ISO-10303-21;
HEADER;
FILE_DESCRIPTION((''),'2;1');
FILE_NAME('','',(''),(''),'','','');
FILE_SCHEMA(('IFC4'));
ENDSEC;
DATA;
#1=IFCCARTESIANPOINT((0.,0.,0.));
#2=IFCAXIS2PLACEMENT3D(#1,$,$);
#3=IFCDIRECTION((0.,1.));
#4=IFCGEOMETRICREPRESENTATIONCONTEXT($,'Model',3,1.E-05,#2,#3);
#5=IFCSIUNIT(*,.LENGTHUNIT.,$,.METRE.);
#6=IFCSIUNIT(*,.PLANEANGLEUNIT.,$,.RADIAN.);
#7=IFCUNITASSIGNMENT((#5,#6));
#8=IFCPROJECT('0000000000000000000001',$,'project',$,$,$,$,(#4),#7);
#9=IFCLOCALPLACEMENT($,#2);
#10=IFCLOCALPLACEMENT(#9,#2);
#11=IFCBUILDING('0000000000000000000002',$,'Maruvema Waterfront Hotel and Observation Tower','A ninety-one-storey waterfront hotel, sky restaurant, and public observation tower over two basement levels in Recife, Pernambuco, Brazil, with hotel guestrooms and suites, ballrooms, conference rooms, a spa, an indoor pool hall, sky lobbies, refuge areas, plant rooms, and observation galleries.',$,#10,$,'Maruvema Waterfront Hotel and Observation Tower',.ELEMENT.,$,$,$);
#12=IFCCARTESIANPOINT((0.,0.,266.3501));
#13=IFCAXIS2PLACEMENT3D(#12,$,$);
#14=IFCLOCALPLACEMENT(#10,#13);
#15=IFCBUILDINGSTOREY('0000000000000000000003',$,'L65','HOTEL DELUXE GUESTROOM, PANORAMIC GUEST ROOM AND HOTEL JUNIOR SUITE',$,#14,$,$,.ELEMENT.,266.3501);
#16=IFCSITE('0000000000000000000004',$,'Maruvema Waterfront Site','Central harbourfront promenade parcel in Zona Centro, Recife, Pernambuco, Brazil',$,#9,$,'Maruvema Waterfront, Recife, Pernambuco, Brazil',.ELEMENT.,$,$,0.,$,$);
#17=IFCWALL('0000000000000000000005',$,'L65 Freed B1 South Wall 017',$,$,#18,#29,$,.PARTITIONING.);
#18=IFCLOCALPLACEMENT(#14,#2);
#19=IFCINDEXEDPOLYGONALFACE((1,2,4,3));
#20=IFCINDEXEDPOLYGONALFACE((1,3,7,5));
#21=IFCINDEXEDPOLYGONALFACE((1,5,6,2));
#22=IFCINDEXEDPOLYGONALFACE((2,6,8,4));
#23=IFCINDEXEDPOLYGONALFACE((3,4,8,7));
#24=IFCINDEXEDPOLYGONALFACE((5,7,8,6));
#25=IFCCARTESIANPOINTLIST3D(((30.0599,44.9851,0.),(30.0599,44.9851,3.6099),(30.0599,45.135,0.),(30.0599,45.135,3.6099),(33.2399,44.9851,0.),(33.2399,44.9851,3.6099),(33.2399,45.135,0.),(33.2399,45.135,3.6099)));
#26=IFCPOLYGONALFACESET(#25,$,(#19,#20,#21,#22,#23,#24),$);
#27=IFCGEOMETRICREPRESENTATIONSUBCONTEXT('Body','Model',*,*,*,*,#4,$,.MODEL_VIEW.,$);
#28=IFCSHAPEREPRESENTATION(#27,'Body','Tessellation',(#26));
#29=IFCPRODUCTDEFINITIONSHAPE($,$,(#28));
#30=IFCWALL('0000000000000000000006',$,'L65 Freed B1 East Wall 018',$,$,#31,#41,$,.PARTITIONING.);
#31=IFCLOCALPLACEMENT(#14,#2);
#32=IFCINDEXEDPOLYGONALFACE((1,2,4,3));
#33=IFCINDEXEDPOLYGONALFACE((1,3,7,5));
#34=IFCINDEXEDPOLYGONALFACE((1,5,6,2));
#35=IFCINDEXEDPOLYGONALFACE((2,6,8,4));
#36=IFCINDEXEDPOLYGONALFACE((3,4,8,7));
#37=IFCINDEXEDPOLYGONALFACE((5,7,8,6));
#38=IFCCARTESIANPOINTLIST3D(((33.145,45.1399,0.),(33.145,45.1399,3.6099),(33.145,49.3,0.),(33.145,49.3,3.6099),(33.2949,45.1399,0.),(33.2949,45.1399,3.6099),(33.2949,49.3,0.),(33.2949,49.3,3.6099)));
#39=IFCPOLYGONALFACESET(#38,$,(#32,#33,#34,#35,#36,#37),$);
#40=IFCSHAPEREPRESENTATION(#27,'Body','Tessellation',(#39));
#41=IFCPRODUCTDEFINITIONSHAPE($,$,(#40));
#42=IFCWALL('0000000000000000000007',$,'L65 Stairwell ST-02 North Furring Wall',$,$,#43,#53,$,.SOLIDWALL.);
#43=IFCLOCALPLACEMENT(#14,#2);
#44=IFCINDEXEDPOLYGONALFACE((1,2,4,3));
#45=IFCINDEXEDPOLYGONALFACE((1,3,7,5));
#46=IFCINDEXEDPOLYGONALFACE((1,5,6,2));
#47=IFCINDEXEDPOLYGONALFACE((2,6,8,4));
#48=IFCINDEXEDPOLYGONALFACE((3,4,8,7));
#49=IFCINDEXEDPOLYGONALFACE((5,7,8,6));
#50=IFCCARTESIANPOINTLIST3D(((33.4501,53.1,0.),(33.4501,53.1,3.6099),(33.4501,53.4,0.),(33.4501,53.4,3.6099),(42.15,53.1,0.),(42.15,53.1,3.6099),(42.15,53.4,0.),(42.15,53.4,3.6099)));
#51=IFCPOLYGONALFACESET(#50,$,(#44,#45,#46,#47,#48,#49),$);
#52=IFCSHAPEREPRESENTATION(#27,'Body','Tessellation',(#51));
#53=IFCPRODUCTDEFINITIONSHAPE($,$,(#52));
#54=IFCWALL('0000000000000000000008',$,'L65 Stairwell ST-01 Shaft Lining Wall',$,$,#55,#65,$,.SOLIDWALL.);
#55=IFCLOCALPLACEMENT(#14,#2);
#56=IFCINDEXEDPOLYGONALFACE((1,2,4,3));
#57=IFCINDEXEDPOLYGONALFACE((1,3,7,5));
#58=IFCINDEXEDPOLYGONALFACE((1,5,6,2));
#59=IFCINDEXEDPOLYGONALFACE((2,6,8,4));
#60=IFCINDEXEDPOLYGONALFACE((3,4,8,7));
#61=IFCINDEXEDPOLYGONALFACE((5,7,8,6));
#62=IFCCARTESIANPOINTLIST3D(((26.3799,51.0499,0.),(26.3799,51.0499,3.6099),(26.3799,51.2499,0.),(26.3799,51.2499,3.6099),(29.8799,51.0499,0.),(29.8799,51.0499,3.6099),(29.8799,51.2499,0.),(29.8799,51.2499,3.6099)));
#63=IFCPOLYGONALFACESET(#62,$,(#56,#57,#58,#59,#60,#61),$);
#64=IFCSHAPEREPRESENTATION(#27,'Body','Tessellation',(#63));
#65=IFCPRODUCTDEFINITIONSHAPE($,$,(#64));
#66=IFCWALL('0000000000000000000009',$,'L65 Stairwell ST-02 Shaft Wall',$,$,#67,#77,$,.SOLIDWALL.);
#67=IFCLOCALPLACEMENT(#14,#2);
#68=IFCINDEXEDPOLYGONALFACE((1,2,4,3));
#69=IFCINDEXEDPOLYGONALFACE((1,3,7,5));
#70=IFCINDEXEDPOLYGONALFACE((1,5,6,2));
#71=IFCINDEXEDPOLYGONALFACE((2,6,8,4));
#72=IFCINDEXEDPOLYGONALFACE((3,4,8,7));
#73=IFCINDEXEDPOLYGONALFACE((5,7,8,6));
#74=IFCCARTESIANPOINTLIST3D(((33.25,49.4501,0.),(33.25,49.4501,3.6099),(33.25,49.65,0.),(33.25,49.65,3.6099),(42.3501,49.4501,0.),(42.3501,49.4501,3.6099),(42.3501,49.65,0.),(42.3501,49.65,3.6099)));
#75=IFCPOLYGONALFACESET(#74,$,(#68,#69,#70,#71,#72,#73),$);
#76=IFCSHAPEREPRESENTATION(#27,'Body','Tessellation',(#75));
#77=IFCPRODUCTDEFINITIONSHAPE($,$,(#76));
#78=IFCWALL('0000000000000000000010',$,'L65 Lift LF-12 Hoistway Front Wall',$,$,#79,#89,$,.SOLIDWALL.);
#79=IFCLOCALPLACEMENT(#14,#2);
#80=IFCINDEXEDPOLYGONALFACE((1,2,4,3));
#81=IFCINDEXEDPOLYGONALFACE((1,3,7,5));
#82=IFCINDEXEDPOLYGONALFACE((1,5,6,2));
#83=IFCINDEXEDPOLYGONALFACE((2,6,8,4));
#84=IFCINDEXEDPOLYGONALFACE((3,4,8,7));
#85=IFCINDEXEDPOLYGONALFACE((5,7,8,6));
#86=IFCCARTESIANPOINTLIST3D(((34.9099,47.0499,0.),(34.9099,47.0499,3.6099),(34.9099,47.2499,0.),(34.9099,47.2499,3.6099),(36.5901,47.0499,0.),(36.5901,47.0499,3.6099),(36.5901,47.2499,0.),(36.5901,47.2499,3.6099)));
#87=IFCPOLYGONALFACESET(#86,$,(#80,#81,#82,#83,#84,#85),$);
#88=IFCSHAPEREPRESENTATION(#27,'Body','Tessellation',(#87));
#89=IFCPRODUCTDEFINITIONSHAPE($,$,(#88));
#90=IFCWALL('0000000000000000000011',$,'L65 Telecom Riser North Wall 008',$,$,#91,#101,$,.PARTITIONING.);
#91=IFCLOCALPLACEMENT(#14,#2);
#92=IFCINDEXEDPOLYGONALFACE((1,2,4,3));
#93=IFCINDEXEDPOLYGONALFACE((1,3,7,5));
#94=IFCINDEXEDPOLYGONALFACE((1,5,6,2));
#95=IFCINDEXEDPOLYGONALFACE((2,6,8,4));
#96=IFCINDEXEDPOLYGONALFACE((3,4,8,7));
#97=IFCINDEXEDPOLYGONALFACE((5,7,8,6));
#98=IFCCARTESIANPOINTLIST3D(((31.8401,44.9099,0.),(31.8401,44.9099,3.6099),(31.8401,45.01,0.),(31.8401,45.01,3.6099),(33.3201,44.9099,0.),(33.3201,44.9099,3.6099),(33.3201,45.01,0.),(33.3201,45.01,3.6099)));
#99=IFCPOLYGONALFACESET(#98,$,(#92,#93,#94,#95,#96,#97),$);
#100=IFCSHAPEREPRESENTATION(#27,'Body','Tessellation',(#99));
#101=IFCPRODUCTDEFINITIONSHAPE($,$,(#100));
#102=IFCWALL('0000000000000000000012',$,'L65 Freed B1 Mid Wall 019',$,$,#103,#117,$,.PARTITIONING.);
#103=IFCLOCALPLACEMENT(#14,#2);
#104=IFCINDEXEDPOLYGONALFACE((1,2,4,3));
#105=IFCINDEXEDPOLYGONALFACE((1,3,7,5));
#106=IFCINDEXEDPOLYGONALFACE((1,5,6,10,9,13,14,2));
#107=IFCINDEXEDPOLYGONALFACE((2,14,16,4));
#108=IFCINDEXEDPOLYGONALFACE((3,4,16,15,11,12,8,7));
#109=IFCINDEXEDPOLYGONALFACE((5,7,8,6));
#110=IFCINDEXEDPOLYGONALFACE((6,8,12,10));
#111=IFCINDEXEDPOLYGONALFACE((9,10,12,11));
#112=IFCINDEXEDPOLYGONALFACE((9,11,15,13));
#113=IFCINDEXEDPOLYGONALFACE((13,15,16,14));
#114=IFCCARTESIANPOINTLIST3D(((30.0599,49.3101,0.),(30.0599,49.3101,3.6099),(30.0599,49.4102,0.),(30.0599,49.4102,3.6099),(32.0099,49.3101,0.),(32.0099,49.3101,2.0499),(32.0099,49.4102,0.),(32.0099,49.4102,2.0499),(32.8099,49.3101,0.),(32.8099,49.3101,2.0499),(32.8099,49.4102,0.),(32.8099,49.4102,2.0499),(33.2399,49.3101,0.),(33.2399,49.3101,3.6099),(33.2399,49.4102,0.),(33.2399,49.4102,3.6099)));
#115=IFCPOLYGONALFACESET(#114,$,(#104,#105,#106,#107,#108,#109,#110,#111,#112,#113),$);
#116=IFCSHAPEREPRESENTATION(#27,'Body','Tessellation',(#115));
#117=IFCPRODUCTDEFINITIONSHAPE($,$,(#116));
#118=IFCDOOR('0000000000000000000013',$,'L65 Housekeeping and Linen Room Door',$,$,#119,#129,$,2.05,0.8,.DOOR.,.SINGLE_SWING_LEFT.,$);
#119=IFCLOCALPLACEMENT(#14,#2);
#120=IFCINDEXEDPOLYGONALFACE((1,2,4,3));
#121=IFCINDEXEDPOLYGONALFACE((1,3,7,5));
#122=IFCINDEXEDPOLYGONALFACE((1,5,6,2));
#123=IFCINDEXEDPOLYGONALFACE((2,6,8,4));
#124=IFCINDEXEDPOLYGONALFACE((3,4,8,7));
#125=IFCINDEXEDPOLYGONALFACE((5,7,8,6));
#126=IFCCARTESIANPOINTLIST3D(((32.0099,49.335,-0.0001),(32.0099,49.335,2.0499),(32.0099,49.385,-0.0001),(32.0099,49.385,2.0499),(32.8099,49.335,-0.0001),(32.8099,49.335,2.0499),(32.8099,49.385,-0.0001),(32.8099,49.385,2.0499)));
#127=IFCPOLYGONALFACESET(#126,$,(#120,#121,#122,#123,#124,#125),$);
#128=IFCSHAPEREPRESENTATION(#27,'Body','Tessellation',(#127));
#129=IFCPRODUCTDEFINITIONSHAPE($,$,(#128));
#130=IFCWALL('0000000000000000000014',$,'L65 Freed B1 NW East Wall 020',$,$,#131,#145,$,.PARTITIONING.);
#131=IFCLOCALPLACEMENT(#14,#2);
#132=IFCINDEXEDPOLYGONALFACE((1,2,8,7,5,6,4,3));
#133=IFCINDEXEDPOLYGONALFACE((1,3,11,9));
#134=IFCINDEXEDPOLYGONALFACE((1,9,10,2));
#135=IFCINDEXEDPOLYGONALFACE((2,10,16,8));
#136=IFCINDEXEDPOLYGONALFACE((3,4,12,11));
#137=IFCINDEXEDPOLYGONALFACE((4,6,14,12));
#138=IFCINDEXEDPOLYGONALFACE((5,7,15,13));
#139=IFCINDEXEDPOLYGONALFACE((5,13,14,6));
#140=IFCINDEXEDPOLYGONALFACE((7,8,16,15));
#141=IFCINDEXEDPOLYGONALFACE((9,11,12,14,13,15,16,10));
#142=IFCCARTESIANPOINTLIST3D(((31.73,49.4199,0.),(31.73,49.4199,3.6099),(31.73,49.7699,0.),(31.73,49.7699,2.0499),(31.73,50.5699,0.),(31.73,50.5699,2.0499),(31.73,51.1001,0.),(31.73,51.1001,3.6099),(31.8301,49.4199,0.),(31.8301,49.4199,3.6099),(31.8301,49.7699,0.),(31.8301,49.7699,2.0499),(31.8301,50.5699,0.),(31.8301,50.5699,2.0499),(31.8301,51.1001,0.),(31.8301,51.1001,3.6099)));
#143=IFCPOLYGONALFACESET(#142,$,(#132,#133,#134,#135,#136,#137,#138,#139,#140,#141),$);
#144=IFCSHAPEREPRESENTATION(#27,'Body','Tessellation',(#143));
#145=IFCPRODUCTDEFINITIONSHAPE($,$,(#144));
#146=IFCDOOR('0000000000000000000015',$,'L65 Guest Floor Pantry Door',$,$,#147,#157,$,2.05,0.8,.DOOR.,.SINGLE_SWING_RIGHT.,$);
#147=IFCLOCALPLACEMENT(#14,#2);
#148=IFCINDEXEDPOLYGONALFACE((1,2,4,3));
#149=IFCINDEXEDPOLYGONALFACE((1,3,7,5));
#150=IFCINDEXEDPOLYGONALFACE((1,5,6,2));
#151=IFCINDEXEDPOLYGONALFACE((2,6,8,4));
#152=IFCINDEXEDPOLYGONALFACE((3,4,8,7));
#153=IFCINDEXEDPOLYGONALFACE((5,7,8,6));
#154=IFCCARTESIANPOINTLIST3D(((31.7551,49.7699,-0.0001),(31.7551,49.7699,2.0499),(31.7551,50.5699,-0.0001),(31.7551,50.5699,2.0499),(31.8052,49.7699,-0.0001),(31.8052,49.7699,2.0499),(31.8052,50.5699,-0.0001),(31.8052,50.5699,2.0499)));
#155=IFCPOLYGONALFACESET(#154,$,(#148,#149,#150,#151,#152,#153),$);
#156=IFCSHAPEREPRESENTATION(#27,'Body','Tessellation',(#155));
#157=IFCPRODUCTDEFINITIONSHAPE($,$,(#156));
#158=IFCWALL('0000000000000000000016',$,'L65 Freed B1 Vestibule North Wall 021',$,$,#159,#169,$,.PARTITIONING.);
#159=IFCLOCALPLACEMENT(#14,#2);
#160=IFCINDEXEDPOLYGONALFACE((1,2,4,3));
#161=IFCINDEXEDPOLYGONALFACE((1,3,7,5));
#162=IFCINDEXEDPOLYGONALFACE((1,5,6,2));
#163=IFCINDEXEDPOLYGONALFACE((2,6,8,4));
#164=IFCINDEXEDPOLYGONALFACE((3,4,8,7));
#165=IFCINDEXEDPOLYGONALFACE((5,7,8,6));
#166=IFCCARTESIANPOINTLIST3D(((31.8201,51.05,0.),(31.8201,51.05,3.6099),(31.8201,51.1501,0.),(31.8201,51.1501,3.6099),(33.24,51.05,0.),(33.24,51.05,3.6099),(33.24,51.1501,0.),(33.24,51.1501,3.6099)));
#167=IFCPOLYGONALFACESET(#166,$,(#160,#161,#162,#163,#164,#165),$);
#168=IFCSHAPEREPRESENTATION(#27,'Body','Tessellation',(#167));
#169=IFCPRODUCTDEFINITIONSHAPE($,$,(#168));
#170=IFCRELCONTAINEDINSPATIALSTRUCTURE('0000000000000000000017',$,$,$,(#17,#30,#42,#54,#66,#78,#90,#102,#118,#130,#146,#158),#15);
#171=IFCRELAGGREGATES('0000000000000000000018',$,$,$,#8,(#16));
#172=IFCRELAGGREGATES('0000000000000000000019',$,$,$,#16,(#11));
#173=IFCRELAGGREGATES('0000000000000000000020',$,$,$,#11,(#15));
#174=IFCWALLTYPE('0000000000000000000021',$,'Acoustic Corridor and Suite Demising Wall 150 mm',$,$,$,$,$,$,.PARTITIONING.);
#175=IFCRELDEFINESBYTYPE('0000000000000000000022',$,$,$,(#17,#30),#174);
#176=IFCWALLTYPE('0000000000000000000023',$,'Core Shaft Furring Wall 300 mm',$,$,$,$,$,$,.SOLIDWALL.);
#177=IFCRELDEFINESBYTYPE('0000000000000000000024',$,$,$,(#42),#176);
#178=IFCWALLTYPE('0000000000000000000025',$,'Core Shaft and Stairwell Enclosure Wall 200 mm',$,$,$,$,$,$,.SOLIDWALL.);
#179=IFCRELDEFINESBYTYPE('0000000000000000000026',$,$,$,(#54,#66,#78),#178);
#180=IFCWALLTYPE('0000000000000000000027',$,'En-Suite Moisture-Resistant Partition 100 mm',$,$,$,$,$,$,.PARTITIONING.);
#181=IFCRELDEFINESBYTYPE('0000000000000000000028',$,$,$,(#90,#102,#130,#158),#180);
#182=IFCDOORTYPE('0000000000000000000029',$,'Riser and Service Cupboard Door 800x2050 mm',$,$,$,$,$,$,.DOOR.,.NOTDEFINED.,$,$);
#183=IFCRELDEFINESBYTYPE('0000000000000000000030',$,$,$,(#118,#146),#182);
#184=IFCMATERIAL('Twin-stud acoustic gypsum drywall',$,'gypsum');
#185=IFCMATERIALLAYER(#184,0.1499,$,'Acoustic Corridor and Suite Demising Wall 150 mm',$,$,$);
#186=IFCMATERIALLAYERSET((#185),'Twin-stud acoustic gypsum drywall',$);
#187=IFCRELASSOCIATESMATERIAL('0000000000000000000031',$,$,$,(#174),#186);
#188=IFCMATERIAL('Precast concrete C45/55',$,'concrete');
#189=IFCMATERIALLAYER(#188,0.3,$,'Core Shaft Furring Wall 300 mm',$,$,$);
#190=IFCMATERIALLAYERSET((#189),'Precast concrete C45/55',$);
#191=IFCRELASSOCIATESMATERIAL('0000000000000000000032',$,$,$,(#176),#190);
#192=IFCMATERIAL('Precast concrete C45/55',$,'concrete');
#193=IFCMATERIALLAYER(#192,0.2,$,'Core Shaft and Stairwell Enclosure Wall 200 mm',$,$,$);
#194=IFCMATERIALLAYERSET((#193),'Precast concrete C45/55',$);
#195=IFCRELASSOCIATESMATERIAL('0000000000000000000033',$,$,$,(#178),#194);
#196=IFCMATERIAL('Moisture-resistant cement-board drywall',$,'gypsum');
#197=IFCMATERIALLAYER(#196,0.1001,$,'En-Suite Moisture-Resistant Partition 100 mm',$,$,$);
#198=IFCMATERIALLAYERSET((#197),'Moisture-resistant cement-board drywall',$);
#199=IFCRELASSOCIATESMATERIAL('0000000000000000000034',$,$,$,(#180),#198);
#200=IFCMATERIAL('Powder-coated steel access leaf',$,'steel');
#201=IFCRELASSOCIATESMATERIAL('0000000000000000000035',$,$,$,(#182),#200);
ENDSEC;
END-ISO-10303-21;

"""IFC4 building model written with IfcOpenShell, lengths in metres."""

from ifc_helpers import new_model, si_unit, direction, frame, frame_2d, origin, place, context, subcontext, project, spatial, rectangle, extrude, material, layer, layer_set, type_object, element, fill, save


model = new_model("IFC4")

# Units and contexts
model_context = context("Model", 3, precision=1e-05, world=origin(), true_north=direction((0.0, 1.0)))
body_context = subcontext(model_context, "Body", "Model", "MODEL_VIEW")
ifc_project = project(units=[si_unit("LENGTHUNIT", "METRE"), si_unit("PLANEANGLEUNIT", "RADIAN")], contexts=[model_context])

# Site, building, storey
site_placement = place(None, origin())
site = spatial("IfcSite", under=ifc_project, at=site_placement, Name="Maruvema Waterfront Site", Description="Central harbourfront promenade parcel in Zona Centro, Recife, Pernambuco, Brazil", LongName="Maruvema Waterfront, Recife, Pernambuco, Brazil", CompositionType="ELEMENT", RefElevation=0.0)
building_placement = place(site_placement, origin())
building = spatial("IfcBuilding", under=site, at=building_placement, Name="Maruvema Waterfront Hotel and Observation Tower", Description="A ninety-one-storey waterfront hotel, sky restaurant, and public observation tower over two basement levels in Recife, Pernambuco, Brazil, with hotel guestrooms and suites, ballrooms, conference rooms, a spa, an indoor pool hall, sky lobbies, refuge areas, plant rooms, and observation galleries.", LongName="Maruvema Waterfront Hotel and Observation Tower", CompositionType="ELEMENT")
storey_placement = place(building_placement, frame((0.0, 0.0, 266.3501)))
storey = spatial("IfcBuildingStorey", under=building, at=storey_placement, Name="L65", Description="HOTEL DELUXE GUESTROOM, PANORAMIC GUEST ROOM AND HOTEL JUNIOR SUITE", CompositionType="ELEMENT", Elevation=266.3501)

# Walls
ifc_material_1 = material(Name="Twin-stud acoustic gypsum drywall", Category="gypsum")
ifc_layer_1 = layer(ifc_material_1, 0.1499, Name="Acoustic Corridor and Suite Demising Wall 150 mm")
ifc_layer_set_1 = layer_set([ifc_layer_1], Name="Twin-stud acoustic gypsum drywall")
wall_type_1 = type_object("IfcWallType", Name="Acoustic Corridor and Suite Demising Wall 150 mm", PredefinedType="PARTITIONING", material=ifc_layer_set_1)
wall_1_placement = place(storey_placement, frame((30.0601, 45.0601, 0.0), z_axis=(0.0, 0.0, 1.0), x_axis=(1.0, 0.0, 0.0)))
element("IfcWall", 1, at=wall_1_placement, inside=storey, type_object=wall_type_1, Name="L65 Freed B1 South Wall 017", PredefinedType="PARTITIONING", context=body_context, shape_type="SweptSolid", body=[
    extrude(rectangle(XDim=3.1799, YDim=0.1499, at=frame_2d((1.5898, 0.0))), origin(), (0.0, 0.0, 1.0), 3.6099),
])
wall_2_placement = place(storey_placement, frame((33.22, 45.1399, 0.0), z_axis=(0.0, 0.0, 1.0), x_axis=(0.0, 1.0, 0.0)))
element("IfcWall", 2, at=wall_2_placement, inside=storey, type_object=wall_type_1, Name="L65 Freed B1 East Wall 018", PredefinedType="PARTITIONING", context=body_context, shape_type="SweptSolid", body=[
    extrude(rectangle(XDim=4.1602, YDim=0.1499, at=frame_2d((2.0801, 0.0))), origin(), (0.0, 0.0, 1.0), 3.6099),
])
ifc_material_2 = material(Name="Precast concrete C45/55", Category="concrete")
ifc_layer_2 = layer(ifc_material_2, 0.3, Name="Core Shaft Furring Wall 300 mm")
ifc_layer_set_2 = layer_set([ifc_layer_2], Name="Precast concrete C45/55")
wall_type_2 = type_object("IfcWallType", Name="Core Shaft Furring Wall 300 mm", PredefinedType="SOLIDWALL", material=ifc_layer_set_2)
wall_3_placement = place(storey_placement, frame((33.45, 53.25, 0.0), z_axis=(0.0, 0.0, 1.0), x_axis=(1.0, 0.0, 0.0)))
element("IfcWall", 3, at=wall_3_placement, inside=storey, type_object=wall_type_2, Name="L65 Stairwell ST-02 North Furring Wall", PredefinedType="SOLIDWALL", context=body_context, shape_type="SweptSolid", body=[
    extrude(rectangle(XDim=8.7, YDim=0.3, at=frame_2d((4.3501, 0.0))), origin(), (0.0, 0.0, 1.0), 3.6099),
])
ifc_material_3 = material(Name="Precast concrete C45/55", Category="concrete")
ifc_layer_3 = layer(ifc_material_3, 0.2, Name="Core Shaft and Stairwell Enclosure Wall 200 mm")
ifc_layer_set_3 = layer_set([ifc_layer_3], Name="Precast concrete C45/55")
wall_type_3 = type_object("IfcWallType", Name="Core Shaft and Stairwell Enclosure Wall 200 mm", PredefinedType="SOLIDWALL", material=ifc_layer_set_3)
wall_4_placement = place(storey_placement, frame((26.3799, 51.1499, 0.0), z_axis=(0.0, 0.0, 1.0), x_axis=(1.0, 0.0, 0.0)))
element("IfcWall", 4, at=wall_4_placement, inside=storey, type_object=wall_type_3, Name="L65 Stairwell ST-01 Shaft Lining Wall", PredefinedType="SOLIDWALL", context=body_context, shape_type="SweptSolid", body=[
    extrude(rectangle(XDim=3.5, YDim=0.2, at=frame_2d((1.75, 0.0))), origin(), (0.0, 0.0, 1.0), 3.6099),
])
wall_5_placement = place(storey_placement, frame((33.25, 49.55, 0.0), z_axis=(0.0, 0.0, 1.0), x_axis=(1.0, 0.0, 0.0)))
element("IfcWall", 5, at=wall_5_placement, inside=storey, type_object=wall_type_3, Name="L65 Stairwell ST-02 Shaft Wall", PredefinedType="SOLIDWALL", context=body_context, shape_type="SweptSolid", body=[
    extrude(rectangle(XDim=9.1001, YDim=0.2, at=frame_2d((4.55, 0.0))), origin(), (0.0, 0.0, 1.0), 3.6099),
])

# Walls
wall_6_placement = place(storey_placement, frame((34.9099, 47.1499, 0.0), z_axis=(0.0, 0.0, 1.0), x_axis=(1.0, 0.0, 0.0)))
element("IfcWall", 6, at=wall_6_placement, inside=storey, type_object=wall_type_3, Name="L65 Lift LF-12 Hoistway Front Wall", PredefinedType="SOLIDWALL", context=body_context, shape_type="SweptSolid", body=[
    extrude(rectangle(XDim=1.6802, YDim=0.2, at=frame_2d((0.8401, 0.0))), origin(), (0.0, 0.0, 1.0), 3.6099),
])
ifc_material_4 = material(Name="Moisture-resistant cement-board drywall", Category="gypsum")
ifc_layer_4 = layer(ifc_material_4, 0.1001, Name="En-Suite Moisture-Resistant Partition 100 mm")
ifc_layer_set_4 = layer_set([ifc_layer_4], Name="Moisture-resistant cement-board drywall")
wall_type_4 = type_object("IfcWallType", Name="En-Suite Moisture-Resistant Partition 100 mm", PredefinedType="PARTITIONING", material=ifc_layer_set_4)
wall_7_placement = place(storey_placement, frame((31.8401, 44.96, 0.0), z_axis=(0.0, 0.0, 1.0), x_axis=(1.0, 0.0, 0.0)))
element("IfcWall", 7, at=wall_7_placement, inside=storey, type_object=wall_type_4, Name="L65 Telecom Riser North Wall 008", PredefinedType="PARTITIONING", context=body_context, shape_type="SweptSolid", body=[
    extrude(rectangle(XDim=1.48, YDim=0.1001, at=frame_2d((0.74, 0.0))), origin(), (0.0, 0.0, 1.0), 3.6099),
])

# Walls, openings, doors
wall_8_placement = place(storey_placement, frame((30.0601, 49.3601, 0.0), z_axis=(0.0, 0.0, 1.0), x_axis=(1.0, 0.0, 0.0)))
wall_8 = element("IfcWall", 8, at=wall_8_placement, inside=storey, type_object=wall_type_4, Name="L65 Freed B1 Mid Wall 019", PredefinedType="PARTITIONING", context=body_context, shape_type="SweptSolid", body=[
    extrude(rectangle(XDim=3.1799, YDim=0.1001, at=frame_2d((1.5898, 0.0))), origin(), (0.0, 0.0, 1.0), 3.6099),
])
opening_1_placement = place(wall_8_placement, frame((1.95, 0.0, 0.0)))
opening_1 = element("IfcOpeningElement", 9, at=opening_1_placement, cuts=wall_8, PredefinedType="OPENING", context=body_context, shape_type="SweptSolid", body=[
    extrude(rectangle(XDim=0.8, YDim=2.05, at=frame_2d((0.3999, 1.0249))), frame((0.0, 0.0601, 0.0), z_axis=(0.0, -1.0, 0.0), x_axis=(1.0, 0.0, 0.0)), (0.0, 0.0, 1.0), 0.1201),
])
ifc_material_5 = material(Name="Powder-coated steel access leaf", Category="steel")
door_type_1 = type_object("IfcDoorType", Name="Riser and Service Cupboard Door 800x2050 mm", OperationType="NOTDEFINED", PredefinedType="DOOR", material=ifc_material_5)
door_1_placement = place(opening_1_placement, origin())
door_1 = element("IfcDoor", 10, at=door_1_placement, inside=storey, type_object=door_type_1, Name="L65 Housekeeping and Linen Room Door", OperationType="SINGLE_SWING_LEFT", OverallHeight=2.05, OverallWidth=0.8, PredefinedType="DOOR", context=body_context, shape_type="SweptSolid", body=[
    extrude(rectangle(XDim=0.8, YDim=2.05, at=frame_2d((0.3999, 1.0249))), frame((0.0, 0.0249, 0.0), z_axis=(0.0, -1.0, 0.0), x_axis=(1.0, 0.0, 0.0)), (0.0, 0.0, 1.0), 0.05),
])
fill(opening_1, door_1)
wall_9_placement = place(storey_placement, frame((31.78, 49.4199, 0.0), z_axis=(0.0, 0.0, 1.0), x_axis=(0.0, 1.0, 0.0)))
wall_9 = element("IfcWall", 11, at=wall_9_placement, inside=storey, type_object=wall_type_4, Name="L65 Freed B1 NW East Wall 020", PredefinedType="PARTITIONING", context=body_context, shape_type="SweptSolid", body=[
    extrude(rectangle(XDim=1.6802, YDim=0.1001, at=frame_2d((0.8401, 0.0))), origin(), (0.0, 0.0, 1.0), 3.6099),
])
opening_2_placement = place(wall_9_placement, frame((0.3501, 0.0, 0.0)))
opening_2 = element("IfcOpeningElement", 12, at=opening_2_placement, cuts=wall_9, PredefinedType="OPENING", context=body_context, shape_type="SweptSolid", body=[
    extrude(rectangle(XDim=0.8, YDim=2.05, at=frame_2d((0.3999, 1.0249))), frame((0.0, 0.0601, 0.0), z_axis=(0.0, -1.0, 0.0), x_axis=(1.0, 0.0, 0.0)), (0.0, 0.0, 1.0), 0.1201),
])
door_2_placement = place(opening_2_placement, origin())
door_2 = element("IfcDoor", 13, at=door_2_placement, inside=storey, type_object=door_type_1, Name="L65 Guest Floor Pantry Door", OperationType="SINGLE_SWING_RIGHT", OverallHeight=2.05, OverallWidth=0.8, PredefinedType="DOOR", context=body_context, shape_type="SweptSolid", body=[
    extrude(rectangle(XDim=0.8, YDim=2.05, at=frame_2d((0.3999, 1.0249))), frame((0.0, 0.0249, 0.0), z_axis=(0.0, -1.0, 0.0), x_axis=(1.0, 0.0, 0.0)), (0.0, 0.0, 1.0), 0.05),
])
fill(opening_2, door_2)

# Wall
wall_10_placement = place(storey_placement, frame((31.8201, 51.1001, 0.0), z_axis=(0.0, 0.0, 1.0), x_axis=(1.0, 0.0, 0.0)))
element("IfcWall", 14, at=wall_10_placement, inside=storey, type_object=wall_type_4, Name="L65 Freed B1 Vestibule North Wall 021", PredefinedType="PARTITIONING", context=body_context, shape_type="SweptSolid", body=[
    extrude(rectangle(XDim=1.4199, YDim=0.1001, at=frame_2d((0.71, 0.0))), origin(), (0.0, 0.0, 1.0), 3.6099),
])

save(model, "model.ifc")
